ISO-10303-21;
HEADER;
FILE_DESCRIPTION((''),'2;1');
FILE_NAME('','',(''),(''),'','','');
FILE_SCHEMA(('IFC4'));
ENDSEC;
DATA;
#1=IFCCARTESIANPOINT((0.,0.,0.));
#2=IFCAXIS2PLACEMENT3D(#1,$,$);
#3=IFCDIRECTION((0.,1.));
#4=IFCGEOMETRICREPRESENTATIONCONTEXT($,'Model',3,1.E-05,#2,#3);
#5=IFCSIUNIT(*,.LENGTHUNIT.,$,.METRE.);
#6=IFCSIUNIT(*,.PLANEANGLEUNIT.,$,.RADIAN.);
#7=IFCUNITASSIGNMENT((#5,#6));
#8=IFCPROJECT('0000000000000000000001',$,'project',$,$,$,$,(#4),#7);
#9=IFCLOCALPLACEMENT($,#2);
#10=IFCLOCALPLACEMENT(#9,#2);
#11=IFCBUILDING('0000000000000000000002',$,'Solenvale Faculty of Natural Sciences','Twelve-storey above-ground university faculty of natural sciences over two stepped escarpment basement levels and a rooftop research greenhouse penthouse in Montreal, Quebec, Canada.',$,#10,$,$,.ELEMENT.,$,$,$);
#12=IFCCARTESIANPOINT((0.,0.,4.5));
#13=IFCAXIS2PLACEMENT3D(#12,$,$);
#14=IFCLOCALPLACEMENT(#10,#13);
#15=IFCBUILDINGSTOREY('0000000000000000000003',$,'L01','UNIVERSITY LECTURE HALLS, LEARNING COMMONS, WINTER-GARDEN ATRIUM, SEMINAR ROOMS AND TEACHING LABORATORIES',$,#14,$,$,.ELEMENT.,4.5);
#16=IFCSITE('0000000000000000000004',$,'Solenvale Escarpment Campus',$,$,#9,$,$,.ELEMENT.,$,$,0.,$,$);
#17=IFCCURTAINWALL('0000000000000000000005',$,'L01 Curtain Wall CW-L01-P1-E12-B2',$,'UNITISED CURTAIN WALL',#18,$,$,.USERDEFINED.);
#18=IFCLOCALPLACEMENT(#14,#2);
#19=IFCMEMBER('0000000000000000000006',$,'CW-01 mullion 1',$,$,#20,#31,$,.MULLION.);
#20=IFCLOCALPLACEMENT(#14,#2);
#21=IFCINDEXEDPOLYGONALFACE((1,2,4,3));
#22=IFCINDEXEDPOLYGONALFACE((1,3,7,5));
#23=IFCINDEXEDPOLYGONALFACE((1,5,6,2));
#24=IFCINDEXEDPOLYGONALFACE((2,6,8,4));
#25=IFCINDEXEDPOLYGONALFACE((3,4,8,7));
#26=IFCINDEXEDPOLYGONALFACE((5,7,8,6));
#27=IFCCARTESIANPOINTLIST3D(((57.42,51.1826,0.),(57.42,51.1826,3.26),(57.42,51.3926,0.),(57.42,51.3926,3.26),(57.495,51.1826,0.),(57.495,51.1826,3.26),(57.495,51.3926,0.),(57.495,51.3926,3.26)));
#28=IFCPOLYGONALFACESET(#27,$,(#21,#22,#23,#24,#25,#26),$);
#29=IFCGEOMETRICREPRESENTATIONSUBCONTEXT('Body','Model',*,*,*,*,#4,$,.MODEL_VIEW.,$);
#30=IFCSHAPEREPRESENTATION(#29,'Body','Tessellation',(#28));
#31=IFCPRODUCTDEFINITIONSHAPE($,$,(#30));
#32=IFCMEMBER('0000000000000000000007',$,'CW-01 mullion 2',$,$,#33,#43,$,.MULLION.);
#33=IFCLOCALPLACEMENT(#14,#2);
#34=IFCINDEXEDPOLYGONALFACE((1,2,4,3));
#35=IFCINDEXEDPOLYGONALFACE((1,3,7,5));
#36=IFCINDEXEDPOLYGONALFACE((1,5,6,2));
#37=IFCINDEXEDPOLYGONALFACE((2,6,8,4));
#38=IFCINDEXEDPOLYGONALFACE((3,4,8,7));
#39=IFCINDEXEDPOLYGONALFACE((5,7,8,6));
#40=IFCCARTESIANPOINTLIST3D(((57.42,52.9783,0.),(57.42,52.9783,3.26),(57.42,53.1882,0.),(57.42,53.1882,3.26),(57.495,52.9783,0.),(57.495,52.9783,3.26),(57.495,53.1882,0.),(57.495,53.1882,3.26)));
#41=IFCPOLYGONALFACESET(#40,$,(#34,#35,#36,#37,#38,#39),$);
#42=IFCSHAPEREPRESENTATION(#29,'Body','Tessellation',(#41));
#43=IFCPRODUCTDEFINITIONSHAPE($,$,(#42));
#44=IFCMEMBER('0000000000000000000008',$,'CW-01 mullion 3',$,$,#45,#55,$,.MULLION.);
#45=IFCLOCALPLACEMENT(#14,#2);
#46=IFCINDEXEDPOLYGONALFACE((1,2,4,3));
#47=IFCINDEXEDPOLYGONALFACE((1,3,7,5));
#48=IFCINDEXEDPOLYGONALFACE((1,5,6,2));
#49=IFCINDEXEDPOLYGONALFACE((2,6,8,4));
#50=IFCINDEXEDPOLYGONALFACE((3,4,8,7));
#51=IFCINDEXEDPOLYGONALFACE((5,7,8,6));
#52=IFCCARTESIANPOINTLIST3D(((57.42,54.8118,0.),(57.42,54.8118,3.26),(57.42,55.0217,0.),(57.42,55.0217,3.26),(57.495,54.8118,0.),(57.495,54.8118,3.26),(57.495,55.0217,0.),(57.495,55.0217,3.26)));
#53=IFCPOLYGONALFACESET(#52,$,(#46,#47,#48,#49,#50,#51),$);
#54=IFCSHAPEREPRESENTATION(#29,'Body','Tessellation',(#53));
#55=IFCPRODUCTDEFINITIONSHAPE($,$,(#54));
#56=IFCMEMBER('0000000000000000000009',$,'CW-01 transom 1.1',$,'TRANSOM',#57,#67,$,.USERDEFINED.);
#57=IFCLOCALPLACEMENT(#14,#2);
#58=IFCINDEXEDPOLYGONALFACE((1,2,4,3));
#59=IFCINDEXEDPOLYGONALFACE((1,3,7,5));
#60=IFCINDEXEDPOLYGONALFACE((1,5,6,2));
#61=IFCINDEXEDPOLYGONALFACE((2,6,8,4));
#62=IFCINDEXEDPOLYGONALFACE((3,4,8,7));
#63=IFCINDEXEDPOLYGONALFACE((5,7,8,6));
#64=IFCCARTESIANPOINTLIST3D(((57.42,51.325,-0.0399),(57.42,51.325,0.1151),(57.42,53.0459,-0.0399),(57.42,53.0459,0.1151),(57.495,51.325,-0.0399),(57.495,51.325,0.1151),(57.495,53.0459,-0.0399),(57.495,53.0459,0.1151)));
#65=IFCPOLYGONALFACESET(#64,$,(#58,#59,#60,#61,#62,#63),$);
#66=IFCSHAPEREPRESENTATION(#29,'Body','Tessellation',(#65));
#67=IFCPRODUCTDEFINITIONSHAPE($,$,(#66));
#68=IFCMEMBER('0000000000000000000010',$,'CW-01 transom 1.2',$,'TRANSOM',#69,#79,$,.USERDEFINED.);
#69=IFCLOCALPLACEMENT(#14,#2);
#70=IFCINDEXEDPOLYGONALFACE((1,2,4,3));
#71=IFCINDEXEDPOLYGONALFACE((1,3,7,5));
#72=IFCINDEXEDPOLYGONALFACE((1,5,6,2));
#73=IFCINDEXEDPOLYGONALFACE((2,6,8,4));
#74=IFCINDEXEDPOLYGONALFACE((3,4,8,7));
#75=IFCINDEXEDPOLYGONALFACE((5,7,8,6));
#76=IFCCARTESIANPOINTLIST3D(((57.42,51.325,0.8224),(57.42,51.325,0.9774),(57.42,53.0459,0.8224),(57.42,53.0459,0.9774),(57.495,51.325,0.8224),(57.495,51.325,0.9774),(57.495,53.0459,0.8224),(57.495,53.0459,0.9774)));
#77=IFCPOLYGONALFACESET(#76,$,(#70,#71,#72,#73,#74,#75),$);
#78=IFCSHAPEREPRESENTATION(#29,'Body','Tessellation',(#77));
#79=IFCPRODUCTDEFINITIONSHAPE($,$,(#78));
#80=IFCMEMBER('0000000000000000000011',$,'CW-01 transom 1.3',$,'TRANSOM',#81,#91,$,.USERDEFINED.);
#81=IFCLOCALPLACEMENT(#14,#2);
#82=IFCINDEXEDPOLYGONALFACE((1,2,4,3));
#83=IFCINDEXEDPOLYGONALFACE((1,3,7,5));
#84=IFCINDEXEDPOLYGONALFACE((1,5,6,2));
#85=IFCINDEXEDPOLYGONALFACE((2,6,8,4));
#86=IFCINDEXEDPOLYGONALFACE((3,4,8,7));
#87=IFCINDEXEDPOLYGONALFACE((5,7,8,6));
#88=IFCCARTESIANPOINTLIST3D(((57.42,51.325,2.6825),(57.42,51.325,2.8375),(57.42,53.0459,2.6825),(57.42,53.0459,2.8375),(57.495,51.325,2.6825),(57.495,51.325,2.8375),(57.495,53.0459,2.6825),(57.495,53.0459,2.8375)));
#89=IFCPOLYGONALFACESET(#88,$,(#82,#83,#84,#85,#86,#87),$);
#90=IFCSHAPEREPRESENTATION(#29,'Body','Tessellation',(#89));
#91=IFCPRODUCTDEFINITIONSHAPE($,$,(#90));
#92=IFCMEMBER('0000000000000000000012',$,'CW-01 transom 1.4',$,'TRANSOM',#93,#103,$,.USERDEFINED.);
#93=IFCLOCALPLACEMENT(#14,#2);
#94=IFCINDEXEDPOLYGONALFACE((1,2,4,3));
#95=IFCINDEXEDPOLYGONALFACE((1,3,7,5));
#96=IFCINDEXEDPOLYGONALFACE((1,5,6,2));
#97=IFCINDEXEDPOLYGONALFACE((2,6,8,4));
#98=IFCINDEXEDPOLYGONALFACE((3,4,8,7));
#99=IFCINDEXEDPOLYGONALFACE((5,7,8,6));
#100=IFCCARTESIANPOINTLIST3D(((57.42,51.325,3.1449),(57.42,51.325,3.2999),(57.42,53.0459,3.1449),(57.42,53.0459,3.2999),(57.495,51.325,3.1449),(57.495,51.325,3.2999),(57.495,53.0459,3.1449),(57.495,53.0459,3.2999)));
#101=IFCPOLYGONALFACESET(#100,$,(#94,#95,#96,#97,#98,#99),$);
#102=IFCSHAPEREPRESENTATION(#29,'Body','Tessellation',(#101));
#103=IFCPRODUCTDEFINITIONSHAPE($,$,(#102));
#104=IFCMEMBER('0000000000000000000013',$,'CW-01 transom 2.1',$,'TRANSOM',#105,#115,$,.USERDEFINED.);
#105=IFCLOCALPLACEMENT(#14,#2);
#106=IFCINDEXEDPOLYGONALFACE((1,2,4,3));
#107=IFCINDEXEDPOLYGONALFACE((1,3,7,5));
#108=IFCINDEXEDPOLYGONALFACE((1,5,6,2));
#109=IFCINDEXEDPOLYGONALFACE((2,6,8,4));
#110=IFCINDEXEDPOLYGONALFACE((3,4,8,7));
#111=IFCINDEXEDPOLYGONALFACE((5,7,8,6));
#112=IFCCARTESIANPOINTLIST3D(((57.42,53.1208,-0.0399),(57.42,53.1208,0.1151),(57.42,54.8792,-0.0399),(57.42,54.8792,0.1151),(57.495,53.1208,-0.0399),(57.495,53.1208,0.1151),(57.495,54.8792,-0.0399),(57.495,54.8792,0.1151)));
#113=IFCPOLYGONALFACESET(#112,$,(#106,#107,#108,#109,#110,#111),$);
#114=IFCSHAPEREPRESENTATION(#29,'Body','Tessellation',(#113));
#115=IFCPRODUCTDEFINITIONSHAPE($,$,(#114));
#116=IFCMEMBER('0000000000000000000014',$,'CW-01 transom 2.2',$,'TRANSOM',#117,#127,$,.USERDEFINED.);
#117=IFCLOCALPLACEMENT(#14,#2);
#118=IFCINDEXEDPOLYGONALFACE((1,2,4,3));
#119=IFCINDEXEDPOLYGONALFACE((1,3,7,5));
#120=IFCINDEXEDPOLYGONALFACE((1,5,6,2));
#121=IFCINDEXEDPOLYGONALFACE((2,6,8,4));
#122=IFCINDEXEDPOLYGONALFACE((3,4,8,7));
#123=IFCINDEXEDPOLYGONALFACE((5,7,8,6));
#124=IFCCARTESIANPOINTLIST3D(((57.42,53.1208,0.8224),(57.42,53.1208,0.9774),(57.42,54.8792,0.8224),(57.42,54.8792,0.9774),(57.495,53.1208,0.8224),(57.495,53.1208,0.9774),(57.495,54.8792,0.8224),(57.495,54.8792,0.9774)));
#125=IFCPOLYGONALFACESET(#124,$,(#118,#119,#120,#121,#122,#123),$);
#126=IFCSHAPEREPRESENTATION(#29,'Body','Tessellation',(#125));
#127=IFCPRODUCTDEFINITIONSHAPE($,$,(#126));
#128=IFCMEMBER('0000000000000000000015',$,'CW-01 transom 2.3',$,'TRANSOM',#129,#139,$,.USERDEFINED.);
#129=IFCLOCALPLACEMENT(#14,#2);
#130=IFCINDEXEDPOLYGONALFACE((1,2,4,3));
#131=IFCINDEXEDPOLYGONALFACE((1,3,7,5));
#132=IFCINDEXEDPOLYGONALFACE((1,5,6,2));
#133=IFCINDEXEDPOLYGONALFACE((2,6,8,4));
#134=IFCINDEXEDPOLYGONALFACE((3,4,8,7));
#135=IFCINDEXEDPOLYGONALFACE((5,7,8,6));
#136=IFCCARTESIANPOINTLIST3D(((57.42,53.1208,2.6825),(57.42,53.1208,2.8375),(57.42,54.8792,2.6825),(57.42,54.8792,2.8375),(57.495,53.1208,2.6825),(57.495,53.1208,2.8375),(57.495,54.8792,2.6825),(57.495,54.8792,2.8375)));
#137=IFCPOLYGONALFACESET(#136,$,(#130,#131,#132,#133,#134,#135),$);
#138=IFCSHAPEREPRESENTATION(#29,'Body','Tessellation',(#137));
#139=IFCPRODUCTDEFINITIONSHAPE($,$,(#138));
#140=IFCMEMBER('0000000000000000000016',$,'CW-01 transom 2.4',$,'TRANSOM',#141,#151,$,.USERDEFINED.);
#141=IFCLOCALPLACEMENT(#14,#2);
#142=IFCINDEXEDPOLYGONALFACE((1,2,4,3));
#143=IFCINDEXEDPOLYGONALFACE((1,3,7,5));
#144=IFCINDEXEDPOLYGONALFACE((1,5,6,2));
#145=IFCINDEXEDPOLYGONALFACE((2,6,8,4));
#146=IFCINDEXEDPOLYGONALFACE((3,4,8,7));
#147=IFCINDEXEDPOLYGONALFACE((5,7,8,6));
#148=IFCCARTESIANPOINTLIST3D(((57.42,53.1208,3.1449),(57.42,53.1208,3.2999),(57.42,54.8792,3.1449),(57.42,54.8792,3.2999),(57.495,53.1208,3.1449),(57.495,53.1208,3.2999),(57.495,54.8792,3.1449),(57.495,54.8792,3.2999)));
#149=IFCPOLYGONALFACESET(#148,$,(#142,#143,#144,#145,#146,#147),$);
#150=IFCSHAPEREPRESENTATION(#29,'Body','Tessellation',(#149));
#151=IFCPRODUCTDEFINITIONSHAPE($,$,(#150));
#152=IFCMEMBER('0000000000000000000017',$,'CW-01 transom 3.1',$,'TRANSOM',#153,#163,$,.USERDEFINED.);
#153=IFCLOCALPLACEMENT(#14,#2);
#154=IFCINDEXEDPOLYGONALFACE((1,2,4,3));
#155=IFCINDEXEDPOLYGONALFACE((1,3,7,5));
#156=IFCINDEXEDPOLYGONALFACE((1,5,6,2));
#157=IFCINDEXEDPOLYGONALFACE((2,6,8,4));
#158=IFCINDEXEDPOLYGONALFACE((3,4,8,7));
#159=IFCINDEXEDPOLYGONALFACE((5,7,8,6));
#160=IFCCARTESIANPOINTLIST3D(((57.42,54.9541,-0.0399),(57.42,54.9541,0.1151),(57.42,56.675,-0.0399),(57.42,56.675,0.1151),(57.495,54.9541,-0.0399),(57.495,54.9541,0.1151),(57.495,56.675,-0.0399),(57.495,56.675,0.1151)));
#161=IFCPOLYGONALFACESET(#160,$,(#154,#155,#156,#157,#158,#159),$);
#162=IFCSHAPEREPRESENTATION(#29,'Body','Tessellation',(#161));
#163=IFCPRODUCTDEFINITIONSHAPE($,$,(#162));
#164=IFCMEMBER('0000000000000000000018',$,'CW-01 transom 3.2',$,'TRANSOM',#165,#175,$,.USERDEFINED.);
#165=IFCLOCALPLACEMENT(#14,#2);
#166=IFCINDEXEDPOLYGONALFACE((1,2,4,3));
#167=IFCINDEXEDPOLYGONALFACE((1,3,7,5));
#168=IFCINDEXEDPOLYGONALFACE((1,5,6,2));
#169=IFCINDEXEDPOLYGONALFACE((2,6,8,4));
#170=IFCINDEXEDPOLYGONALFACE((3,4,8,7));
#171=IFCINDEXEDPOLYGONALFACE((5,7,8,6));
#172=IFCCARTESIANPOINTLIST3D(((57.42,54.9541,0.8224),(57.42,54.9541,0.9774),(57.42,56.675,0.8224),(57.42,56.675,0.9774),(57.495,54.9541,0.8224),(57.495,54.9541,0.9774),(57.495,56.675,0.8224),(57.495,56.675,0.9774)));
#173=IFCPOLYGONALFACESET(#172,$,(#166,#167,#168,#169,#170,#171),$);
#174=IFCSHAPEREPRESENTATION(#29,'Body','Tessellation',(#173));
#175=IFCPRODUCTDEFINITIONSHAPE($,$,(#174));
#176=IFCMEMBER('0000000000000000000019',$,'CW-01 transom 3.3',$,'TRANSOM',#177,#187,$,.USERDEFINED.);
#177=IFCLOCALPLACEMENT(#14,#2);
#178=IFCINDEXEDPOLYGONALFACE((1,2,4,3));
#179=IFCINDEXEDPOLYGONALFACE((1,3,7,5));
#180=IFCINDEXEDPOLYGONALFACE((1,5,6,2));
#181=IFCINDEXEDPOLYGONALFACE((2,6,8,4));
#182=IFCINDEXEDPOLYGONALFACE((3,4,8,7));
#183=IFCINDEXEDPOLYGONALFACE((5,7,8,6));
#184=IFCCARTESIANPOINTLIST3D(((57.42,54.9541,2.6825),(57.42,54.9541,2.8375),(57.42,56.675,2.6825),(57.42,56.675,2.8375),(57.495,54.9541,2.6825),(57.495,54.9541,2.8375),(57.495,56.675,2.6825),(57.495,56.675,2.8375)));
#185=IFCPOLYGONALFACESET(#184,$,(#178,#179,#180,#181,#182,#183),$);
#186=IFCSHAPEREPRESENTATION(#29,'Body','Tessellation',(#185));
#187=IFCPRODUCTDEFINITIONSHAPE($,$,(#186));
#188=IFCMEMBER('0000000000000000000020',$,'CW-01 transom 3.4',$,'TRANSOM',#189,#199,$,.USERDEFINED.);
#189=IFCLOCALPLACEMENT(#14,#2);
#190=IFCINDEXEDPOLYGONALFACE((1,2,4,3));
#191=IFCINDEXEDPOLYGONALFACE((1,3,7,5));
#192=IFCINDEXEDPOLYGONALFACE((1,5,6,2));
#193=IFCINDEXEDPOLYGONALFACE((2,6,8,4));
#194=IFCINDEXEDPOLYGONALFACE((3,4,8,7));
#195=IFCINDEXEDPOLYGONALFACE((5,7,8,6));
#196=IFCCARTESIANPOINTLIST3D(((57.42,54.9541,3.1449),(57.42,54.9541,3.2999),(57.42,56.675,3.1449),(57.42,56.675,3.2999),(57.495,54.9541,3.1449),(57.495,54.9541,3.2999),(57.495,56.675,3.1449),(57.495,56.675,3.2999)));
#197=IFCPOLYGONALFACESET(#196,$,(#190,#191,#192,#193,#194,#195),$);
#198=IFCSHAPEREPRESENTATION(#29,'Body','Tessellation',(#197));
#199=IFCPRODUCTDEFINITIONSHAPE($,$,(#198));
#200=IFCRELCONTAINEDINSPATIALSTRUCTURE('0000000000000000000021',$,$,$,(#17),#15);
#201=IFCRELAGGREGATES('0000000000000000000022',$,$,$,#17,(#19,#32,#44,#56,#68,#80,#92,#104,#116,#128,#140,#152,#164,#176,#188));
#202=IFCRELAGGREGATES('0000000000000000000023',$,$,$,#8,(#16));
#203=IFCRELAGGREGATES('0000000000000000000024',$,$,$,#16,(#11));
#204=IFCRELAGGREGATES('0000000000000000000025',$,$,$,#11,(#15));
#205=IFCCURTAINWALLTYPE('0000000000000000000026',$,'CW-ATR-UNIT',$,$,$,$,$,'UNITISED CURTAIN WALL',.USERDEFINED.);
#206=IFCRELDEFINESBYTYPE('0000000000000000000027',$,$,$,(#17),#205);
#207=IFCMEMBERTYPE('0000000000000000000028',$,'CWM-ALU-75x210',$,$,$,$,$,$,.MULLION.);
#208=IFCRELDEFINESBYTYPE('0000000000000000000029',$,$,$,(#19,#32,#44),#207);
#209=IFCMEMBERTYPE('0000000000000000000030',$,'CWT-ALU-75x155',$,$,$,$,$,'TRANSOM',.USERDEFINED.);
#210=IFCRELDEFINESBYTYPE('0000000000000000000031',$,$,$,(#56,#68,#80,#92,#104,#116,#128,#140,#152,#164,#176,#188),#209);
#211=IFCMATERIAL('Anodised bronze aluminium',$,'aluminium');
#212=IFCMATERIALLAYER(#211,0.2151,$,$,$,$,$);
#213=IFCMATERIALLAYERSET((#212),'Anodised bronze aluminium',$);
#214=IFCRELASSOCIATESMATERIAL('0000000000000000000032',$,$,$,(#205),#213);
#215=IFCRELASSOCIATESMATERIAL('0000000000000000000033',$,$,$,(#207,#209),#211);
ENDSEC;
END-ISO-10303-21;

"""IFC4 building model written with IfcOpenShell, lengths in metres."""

from ifc_helpers import new_model, si_unit, direction, frame, origin, origin_2d, place, context, subcontext, project, spatial, rectangle, extrude, material, layer, layer_set, material_profile, profile_set, type_object, element, aggregate, save


model = new_model("IFC4")

# Units and contexts
model_context = context("Model", 3, precision=1e-05, world=origin(), true_north=direction((0.0, 1.0)))
body_context = subcontext(model_context, "Body", "Model", "MODEL_VIEW")
ifc_project = project(units=[si_unit("LENGTHUNIT", "METRE"), si_unit("PLANEANGLEUNIT", "RADIAN")], contexts=[model_context])

# Site, building, storey
site_placement = place(None, origin())
site = spatial("IfcSite", under=ifc_project, at=site_placement, Name="Solenvale Escarpment Campus", CompositionType="ELEMENT", RefElevation=0.0)
building_placement = place(site_placement, origin())
building = spatial("IfcBuilding", under=site, at=building_placement, Name="Solenvale Faculty of Natural Sciences", Description="Twelve-storey above-ground university faculty of natural sciences over two stepped escarpment basement levels and a rooftop research greenhouse penthouse in Montreal, Quebec, Canada.", CompositionType="ELEMENT")
storey_placement = place(building_placement, frame((0.0, 0.0, 4.5)))
storey = spatial("IfcBuildingStorey", under=building, at=storey_placement, Name="L01", Description="UNIVERSITY LECTURE HALLS, LEARNING COMMONS, WINTER-GARDEN ATRIUM, SEMINAR ROOMS AND TEACHING LABORATORIES", CompositionType="ELEMENT", Elevation=4.5)

# Curtain wall, members
ifc_material_1 = material(Name="Anodised bronze aluminium", Category="aluminium")
ifc_layer_1 = layer(ifc_material_1, 0.2151)
ifc_layer_set_1 = layer_set([ifc_layer_1], Name="Anodised bronze aluminium")
curtain_wall_type = type_object("IfcCurtainWallType", Name="CW-ATR-UNIT", ElementType="UNITISED CURTAIN WALL", PredefinedType="USERDEFINED", material=ifc_layer_set_1)
curtain_wall_placement = place(storey_placement, origin())
curtain_wall = element("IfcCurtainWall", 1, at=curtain_wall_placement, inside=storey, type_object=curtain_wall_type, Name="L01 Curtain Wall CW-L01-P1-E12-B2", ObjectType="UNITISED CURTAIN WALL", PredefinedType="USERDEFINED")
ifc_material_profile_1 = material_profile(ifc_material_1, rectangle(XDim=0.075, YDim=0.21, at=origin_2d()), Name="ALU-MUL-75x210")
ifc_profile_set_1 = profile_set([ifc_material_profile_1], Name="Anodised bronze aluminium")
member_type_1 = type_object("IfcMemberType", Name="CWM-ALU-75x210", PredefinedType="MULLION", material=ifc_profile_set_1)
member_1_placement = place(storey_placement, frame((57.4575, 51.2876, 0.0), z_axis=(0.0, 0.0, 1.0), x_axis=(-1.0, 0.0, 0.0)))
member_1 = element("IfcMember", 2, at=member_1_placement, type_object=member_type_1, Name="CW-01 mullion 1", PredefinedType="MULLION", context=body_context, shape_type="SweptSolid", body=[
    extrude(rectangle(XDim=0.075, YDim=0.21, at=origin_2d()), origin(), (0.0, 0.0, 1.0), 3.26),
])
member_2_placement = place(storey_placement, frame((57.4575, 53.0833, 0.0), z_axis=(0.0, 0.0, 1.0), x_axis=(-1.0, 0.0, 0.0)))
member_2 = element("IfcMember", 3, at=member_2_placement, type_object=member_type_1, Name="CW-01 mullion 2", PredefinedType="MULLION", context=body_context, shape_type="SweptSolid", body=[
    extrude(rectangle(XDim=0.075, YDim=0.21, at=origin_2d()), origin(), (0.0, 0.0, 1.0), 3.26),
])
member_3_placement = place(storey_placement, frame((57.4575, 54.9167, 0.0), z_axis=(0.0, 0.0, 1.0), x_axis=(-1.0, 0.0, 0.0)))
member_3 = element("IfcMember", 4, at=member_3_placement, type_object=member_type_1, Name="CW-01 mullion 3", PredefinedType="MULLION", context=body_context, shape_type="SweptSolid", body=[
    extrude(rectangle(XDim=0.075, YDim=0.21, at=origin_2d()), origin(), (0.0, 0.0, 1.0), 3.26),
])
ifc_material_profile_2 = material_profile(ifc_material_1, rectangle(XDim=0.075, YDim=0.155, at=origin_2d()), Name="ALU-TRN-75x155")
ifc_profile_set_2 = profile_set([ifc_material_profile_2], Name="Anodised bronze aluminium")
member_type_2 = type_object("IfcMemberType", Name="CWT-ALU-75x155", ElementType="TRANSOM", PredefinedType="USERDEFINED", material=ifc_profile_set_2)
member_4_placement = place(storey_placement, frame((57.4575, 51.325, 0.0376), z_axis=(0.0, 1.0, 0.0), x_axis=(-1.0, 0.0, 0.0)))
member_4 = element("IfcMember", 5, at=member_4_placement, type_object=member_type_2, Name="CW-01 transom 1.1", ObjectType="TRANSOM", PredefinedType="USERDEFINED", context=body_context, shape_type="SweptSolid", body=[
    extrude(rectangle(XDim=0.075, YDim=0.155, at=origin_2d()), origin(), (0.0, 0.0, 1.0), 1.7209),
])
member_5_placement = place(storey_placement, frame((57.4575, 51.325, 0.8999), z_axis=(0.0, 1.0, 0.0), x_axis=(-1.0, 0.0, 0.0)))
member_5 = element("IfcMember", 6, at=member_5_placement, type_object=member_type_2, Name="CW-01 transom 1.2", ObjectType="TRANSOM", PredefinedType="USERDEFINED", context=body_context, shape_type="SweptSolid", body=[
    extrude(rectangle(XDim=0.075, YDim=0.155, at=origin_2d()), origin(), (0.0, 0.0, 1.0), 1.7209),
])
member_6_placement = place(storey_placement, frame((57.4575, 51.325, 2.76), z_axis=(0.0, 1.0, 0.0), x_axis=(-1.0, 0.0, 0.0)))
member_6 = element("IfcMember", 7, at=member_6_placement, type_object=member_type_2, Name="CW-01 transom 1.3", ObjectType="TRANSOM", PredefinedType="USERDEFINED", context=body_context, shape_type="SweptSolid", body=[
    extrude(rectangle(XDim=0.075, YDim=0.155, at=origin_2d()), origin(), (0.0, 0.0, 1.0), 1.7209),
])
member_7_placement = place(storey_placement, frame((57.4575, 51.325, 3.2224), z_axis=(0.0, 1.0, 0.0), x_axis=(-1.0, 0.0, 0.0)))
member_7 = element("IfcMember", 8, at=member_7_placement, type_object=member_type_2, Name="CW-01 transom 1.4", ObjectType="TRANSOM", PredefinedType="USERDEFINED", context=body_context, shape_type="SweptSolid", body=[
    extrude(rectangle(XDim=0.075, YDim=0.155, at=origin_2d()), origin(), (0.0, 0.0, 1.0), 1.7209),
])
member_8_placement = place(storey_placement, frame((57.4575, 53.1208, 0.0376), z_axis=(0.0, 1.0, 0.0), x_axis=(-1.0, 0.0, 0.0)))
member_8 = element("IfcMember", 9, at=member_8_placement, type_object=member_type_2, Name="CW-01 transom 2.1", ObjectType="TRANSOM", PredefinedType="USERDEFINED", context=body_context, shape_type="SweptSolid", body=[
    extrude(rectangle(XDim=0.075, YDim=0.155, at=origin_2d()), origin(), (0.0, 0.0, 1.0), 1.7583),
])
member_9_placement = place(storey_placement, frame((57.4575, 53.1208, 0.8999), z_axis=(0.0, 1.0, 0.0), x_axis=(-1.0, 0.0, 0.0)))
member_9 = element("IfcMember", 10, at=member_9_placement, type_object=member_type_2, Name="CW-01 transom 2.2", ObjectType="TRANSOM", PredefinedType="USERDEFINED", context=body_context, shape_type="SweptSolid", body=[
    extrude(rectangle(XDim=0.075, YDim=0.155, at=origin_2d()), origin(), (0.0, 0.0, 1.0), 1.7583),
])
member_10_placement = place(storey_placement, frame((57.4575, 53.1208, 2.76), z_axis=(0.0, 1.0, 0.0), x_axis=(-1.0, 0.0, 0.0)))
member_10 = element("IfcMember", 11, at=member_10_placement, type_object=member_type_2, Name="CW-01 transom 2.3", ObjectType="TRANSOM", PredefinedType="USERDEFINED", context=body_context, shape_type="SweptSolid", body=[
    extrude(rectangle(XDim=0.075, YDim=0.155, at=origin_2d()), origin(), (0.0, 0.0, 1.0), 1.7583),
])
member_11_placement = place(storey_placement, frame((57.4575, 53.1208, 3.2224), z_axis=(0.0, 1.0, 0.0), x_axis=(-1.0, 0.0, 0.0)))
member_11 = element("IfcMember", 12, at=member_11_placement, type_object=member_type_2, Name="CW-01 transom 2.4", ObjectType="TRANSOM", PredefinedType="USERDEFINED", context=body_context, shape_type="SweptSolid", body=[
    extrude(rectangle(XDim=0.075, YDim=0.155, at=origin_2d()), origin(), (0.0, 0.0, 1.0), 1.7583),
])
member_12_placement = place(storey_placement, frame((57.4575, 54.9541, 0.0376), z_axis=(0.0, 1.0, 0.0), x_axis=(-1.0, 0.0, 0.0)))
member_12 = element("IfcMember", 13, at=member_12_placement, type_object=member_type_2, Name="CW-01 transom 3.1", ObjectType="TRANSOM", PredefinedType="USERDEFINED", context=body_context, shape_type="SweptSolid", body=[
    extrude(rectangle(XDim=0.075, YDim=0.155, at=origin_2d()), origin(), (0.0, 0.0, 1.0), 1.7209),
])
member_13_placement = place(storey_placement, frame((57.4575, 54.9541, 0.8999), z_axis=(0.0, 1.0, 0.0), x_axis=(-1.0, 0.0, 0.0)))
member_13 = element("IfcMember", 14, at=member_13_placement, type_object=member_type_2, Name="CW-01 transom 3.2", ObjectType="TRANSOM", PredefinedType="USERDEFINED", context=body_context, shape_type="SweptSolid", body=[
    extrude(rectangle(XDim=0.075, YDim=0.155, at=origin_2d()), origin(), (0.0, 0.0, 1.0), 1.7209),
])
member_14_placement = place(storey_placement, frame((57.4575, 54.9541, 2.76), z_axis=(0.0, 1.0, 0.0), x_axis=(-1.0, 0.0, 0.0)))
member_14 = element("IfcMember", 15, at=member_14_placement, type_object=member_type_2, Name="CW-01 transom 3.3", ObjectType="TRANSOM", PredefinedType="USERDEFINED", context=body_context, shape_type="SweptSolid", body=[
    extrude(rectangle(XDim=0.075, YDim=0.155, at=origin_2d()), origin(), (0.0, 0.0, 1.0), 1.7209),
])
member_15_placement = place(storey_placement, frame((57.4575, 54.9541, 3.2224), z_axis=(0.0, 1.0, 0.0), x_axis=(-1.0, 0.0, 0.0)))
member_15 = element("IfcMember", 16, at=member_15_placement, type_object=member_type_2, Name="CW-01 transom 3.4", ObjectType="TRANSOM", PredefinedType="USERDEFINED", context=body_context, shape_type="SweptSolid", body=[
    extrude(rectangle(XDim=0.075, YDim=0.155, at=origin_2d()), origin(), (0.0, 0.0, 1.0), 1.7209),
])
aggregate(curtain_wall, [member_1, member_2, member_3, member_4, member_5, member_6, member_7, member_8, member_9, member_10, member_11, member_12, member_13, member_14, member_15])

save(model, "model.ifc")
